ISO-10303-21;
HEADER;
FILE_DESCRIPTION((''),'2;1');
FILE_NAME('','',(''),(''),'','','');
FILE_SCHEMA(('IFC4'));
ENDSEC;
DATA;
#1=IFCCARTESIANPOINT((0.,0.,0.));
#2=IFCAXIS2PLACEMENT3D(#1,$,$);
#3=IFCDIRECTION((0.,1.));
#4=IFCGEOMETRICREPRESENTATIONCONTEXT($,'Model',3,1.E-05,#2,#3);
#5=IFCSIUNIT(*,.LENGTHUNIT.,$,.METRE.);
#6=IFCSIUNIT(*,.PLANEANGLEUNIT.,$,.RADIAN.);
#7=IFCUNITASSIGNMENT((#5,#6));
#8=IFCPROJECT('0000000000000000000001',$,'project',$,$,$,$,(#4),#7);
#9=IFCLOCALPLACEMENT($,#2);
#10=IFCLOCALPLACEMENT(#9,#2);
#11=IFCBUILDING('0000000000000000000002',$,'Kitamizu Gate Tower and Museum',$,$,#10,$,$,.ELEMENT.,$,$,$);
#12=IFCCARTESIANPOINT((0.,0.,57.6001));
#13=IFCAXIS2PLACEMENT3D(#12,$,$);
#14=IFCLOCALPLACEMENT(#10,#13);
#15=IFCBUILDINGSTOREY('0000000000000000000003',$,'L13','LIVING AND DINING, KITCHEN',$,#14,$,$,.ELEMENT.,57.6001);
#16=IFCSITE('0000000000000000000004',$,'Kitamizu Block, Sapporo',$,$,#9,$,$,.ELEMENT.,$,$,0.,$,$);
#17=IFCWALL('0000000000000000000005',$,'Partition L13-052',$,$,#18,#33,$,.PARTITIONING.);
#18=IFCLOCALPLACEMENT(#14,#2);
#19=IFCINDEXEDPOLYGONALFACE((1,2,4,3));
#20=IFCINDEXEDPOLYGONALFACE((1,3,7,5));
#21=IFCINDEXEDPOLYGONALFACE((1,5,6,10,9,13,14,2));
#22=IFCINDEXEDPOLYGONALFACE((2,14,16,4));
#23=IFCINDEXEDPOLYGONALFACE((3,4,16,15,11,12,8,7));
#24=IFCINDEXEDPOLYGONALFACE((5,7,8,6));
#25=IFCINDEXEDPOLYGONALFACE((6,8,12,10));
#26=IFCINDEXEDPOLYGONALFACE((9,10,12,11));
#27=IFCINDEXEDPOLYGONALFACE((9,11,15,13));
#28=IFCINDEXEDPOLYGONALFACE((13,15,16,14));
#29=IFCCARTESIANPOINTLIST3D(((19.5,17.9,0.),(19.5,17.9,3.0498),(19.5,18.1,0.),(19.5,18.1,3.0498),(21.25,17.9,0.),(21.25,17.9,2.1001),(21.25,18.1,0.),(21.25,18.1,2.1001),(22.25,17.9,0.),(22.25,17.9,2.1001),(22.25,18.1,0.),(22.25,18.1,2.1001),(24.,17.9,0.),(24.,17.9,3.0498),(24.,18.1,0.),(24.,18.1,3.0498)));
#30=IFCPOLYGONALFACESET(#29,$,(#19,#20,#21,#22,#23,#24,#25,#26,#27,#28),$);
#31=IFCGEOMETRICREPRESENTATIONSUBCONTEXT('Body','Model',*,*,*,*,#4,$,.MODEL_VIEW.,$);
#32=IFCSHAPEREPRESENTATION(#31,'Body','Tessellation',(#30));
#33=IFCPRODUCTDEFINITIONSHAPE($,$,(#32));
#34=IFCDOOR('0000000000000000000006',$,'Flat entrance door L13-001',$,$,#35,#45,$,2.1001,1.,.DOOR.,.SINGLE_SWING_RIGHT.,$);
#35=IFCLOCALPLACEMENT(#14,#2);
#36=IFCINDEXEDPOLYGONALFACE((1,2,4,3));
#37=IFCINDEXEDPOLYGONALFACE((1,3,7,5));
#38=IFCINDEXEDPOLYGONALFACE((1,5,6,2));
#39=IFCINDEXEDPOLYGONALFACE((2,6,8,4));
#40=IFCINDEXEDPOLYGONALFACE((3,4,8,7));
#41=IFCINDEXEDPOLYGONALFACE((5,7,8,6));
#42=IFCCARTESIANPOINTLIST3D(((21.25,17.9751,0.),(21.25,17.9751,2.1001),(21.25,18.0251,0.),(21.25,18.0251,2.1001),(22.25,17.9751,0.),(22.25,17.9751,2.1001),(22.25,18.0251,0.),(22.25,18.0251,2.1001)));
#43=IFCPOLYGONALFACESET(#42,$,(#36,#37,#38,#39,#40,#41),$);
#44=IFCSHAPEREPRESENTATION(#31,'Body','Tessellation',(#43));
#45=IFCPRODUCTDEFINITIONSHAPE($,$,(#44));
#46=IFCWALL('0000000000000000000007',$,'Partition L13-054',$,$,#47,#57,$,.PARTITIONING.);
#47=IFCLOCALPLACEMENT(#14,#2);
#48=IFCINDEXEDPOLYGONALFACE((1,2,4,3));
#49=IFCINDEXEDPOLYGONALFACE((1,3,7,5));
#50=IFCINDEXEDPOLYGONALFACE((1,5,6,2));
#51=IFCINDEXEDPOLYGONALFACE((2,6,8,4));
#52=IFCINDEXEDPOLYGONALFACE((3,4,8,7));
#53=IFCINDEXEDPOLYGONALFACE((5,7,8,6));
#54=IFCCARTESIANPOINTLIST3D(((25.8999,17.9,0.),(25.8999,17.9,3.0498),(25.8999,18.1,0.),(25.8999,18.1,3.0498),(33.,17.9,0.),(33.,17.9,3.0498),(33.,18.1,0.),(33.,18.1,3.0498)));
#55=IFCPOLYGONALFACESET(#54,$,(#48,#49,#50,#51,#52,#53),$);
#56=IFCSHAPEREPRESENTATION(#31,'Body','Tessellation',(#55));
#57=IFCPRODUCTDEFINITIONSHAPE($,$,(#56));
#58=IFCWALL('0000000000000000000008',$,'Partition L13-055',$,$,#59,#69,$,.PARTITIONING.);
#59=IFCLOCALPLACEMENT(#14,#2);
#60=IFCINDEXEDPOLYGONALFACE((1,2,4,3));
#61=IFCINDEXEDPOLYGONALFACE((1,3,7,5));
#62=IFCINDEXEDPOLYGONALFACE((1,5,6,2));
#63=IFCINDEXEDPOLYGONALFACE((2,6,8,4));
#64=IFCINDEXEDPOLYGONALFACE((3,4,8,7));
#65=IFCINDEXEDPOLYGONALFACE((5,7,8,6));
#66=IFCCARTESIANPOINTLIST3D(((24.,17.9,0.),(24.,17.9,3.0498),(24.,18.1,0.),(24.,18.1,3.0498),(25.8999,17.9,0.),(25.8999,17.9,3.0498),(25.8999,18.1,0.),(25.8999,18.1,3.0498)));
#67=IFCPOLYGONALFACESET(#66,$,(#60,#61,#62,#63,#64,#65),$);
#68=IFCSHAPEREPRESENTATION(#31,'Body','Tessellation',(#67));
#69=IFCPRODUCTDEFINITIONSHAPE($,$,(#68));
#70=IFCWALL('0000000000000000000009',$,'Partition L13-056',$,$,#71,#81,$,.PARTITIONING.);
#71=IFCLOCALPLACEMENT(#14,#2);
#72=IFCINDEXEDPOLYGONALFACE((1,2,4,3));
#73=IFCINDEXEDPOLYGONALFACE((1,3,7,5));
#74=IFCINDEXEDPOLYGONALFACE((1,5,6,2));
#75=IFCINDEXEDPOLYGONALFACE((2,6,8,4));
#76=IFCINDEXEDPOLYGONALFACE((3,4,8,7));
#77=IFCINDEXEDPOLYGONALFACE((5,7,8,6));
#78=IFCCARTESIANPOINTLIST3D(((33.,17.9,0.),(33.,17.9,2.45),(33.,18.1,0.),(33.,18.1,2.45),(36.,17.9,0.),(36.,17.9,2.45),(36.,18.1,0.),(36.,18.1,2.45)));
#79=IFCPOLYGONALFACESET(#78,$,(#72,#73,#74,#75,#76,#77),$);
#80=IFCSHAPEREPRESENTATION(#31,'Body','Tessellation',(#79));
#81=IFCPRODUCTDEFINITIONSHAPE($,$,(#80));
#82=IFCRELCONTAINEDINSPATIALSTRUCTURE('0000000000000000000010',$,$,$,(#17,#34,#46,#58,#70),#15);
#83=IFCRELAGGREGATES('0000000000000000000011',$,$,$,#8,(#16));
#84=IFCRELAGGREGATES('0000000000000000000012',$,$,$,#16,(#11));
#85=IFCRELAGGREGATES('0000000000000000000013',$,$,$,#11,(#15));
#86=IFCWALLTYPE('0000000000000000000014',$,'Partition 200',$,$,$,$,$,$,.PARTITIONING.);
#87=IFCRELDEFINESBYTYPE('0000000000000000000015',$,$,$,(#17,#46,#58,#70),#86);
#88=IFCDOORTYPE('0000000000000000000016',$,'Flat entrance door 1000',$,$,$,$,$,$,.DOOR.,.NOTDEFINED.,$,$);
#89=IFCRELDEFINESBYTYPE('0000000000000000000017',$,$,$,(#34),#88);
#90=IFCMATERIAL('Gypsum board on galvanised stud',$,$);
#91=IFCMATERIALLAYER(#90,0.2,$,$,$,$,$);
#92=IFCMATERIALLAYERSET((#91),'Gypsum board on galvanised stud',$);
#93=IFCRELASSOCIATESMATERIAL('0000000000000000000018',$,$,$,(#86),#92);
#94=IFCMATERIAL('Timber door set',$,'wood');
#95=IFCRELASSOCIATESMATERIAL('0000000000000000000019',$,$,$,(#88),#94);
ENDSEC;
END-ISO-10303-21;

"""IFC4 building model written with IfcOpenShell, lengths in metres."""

from ifc_helpers import new_model, si_unit, direction, frame, frame_2d, origin, place, context, subcontext, project, spatial, rectangle, extrude, material, layer, layer_set, type_object, element, fill, save


model = new_model("IFC4")

# Units and contexts
model_context = context("Model", 3, precision=1e-05, world=origin(), true_north=direction((0.0, 1.0)))
body_context = subcontext(model_context, "Body", "Model", "MODEL_VIEW")
ifc_project = project(units=[si_unit("LENGTHUNIT", "METRE"), si_unit("PLANEANGLEUNIT", "RADIAN")], contexts=[model_context])

# Site, building, storey
site_placement = place(None, origin())
site = spatial("IfcSite", under=ifc_project, at=site_placement, Name="Kitamizu Block, Sapporo", CompositionType="ELEMENT", RefElevation=0.0)
building_placement = place(site_placement, origin())
building = spatial("IfcBuilding", under=site, at=building_placement, Name="Kitamizu Gate Tower and Museum", CompositionType="ELEMENT")
storey_placement = place(building_placement, frame((0.0, 0.0, 57.6001)))
storey = spatial("IfcBuildingStorey", under=building, at=storey_placement, Name="L13", Description="LIVING AND DINING, KITCHEN", CompositionType="ELEMENT", Elevation=57.6001)

# Wall, opening, door
ifc_material_1 = material(Name="Gypsum board on galvanised stud")
ifc_layer_1 = layer(ifc_material_1, 0.2)
ifc_layer_set_1 = layer_set([ifc_layer_1], Name="Gypsum board on galvanised stud")
wall_type_1 = type_object("IfcWallType", Name="Partition 200", PredefinedType="PARTITIONING", material=ifc_layer_set_1)
wall_1_placement = place(storey_placement, frame((24.0, 18.0, 0.0), z_axis=(0.0, 0.0, 1.0), x_axis=(-1.0, 0.0, 0.0)))
wall_1 = element("IfcWall", 1, at=wall_1_placement, inside=storey, type_object=wall_type_1, Name="Partition L13-052", PredefinedType="PARTITIONING", context=body_context, shape_type="SweptSolid", body=[
    extrude(rectangle(XDim=4.5, YDim=0.2, at=frame_2d((2.25, 0.0))), origin(), (0.0, 0.0, 1.0), 3.0498),
])
opening_1_placement = place(wall_1_placement, frame((1.75, 0.0, 0.0)))
opening_1 = element("IfcOpeningElement", 2, at=opening_1_placement, cuts=wall_1, PredefinedType="OPENING", context=body_context, shape_type="SweptSolid", body=[
    extrude(rectangle(XDim=1.0, YDim=2.1001, at=frame_2d((0.5, 1.05))), frame((0.0, 0.1099, 0.0), z_axis=(0.0, -1.0, 0.0), x_axis=(1.0, 0.0, 0.0)), (0.0, 0.0, 1.0), 0.22),
])
ifc_material_2 = material(Name="Timber door set", Category="wood")
door_type_1 = type_object("IfcDoorType", Name="Flat entrance door 1000", OperationType="NOTDEFINED", PredefinedType="DOOR", material=ifc_material_2)
door_1_placement = place(opening_1_placement, origin())
door_1 = element("IfcDoor", 3, at=door_1_placement, inside=storey, type_object=door_type_1, Name="Flat entrance door L13-001", OperationType="SINGLE_SWING_RIGHT", OverallHeight=2.1001, OverallWidth=1.0, PredefinedType="DOOR", context=body_context, shape_type="SweptSolid", body=[
    extrude(rectangle(XDim=1.0, YDim=2.1001, at=frame_2d((0.5, 1.05))), frame((0.0, 0.0249, 0.0), z_axis=(0.0, -1.0, 0.0), x_axis=(1.0, 0.0, 0.0)), (0.0, 0.0, 1.0), 0.05),
])
fill(opening_1, door_1)

# Walls
wall_2_placement = place(storey_placement, frame((33.0, 18.0, 0.0), z_axis=(0.0, 0.0, 1.0), x_axis=(-1.0, 0.0, 0.0)))
element("IfcWall", 4, at=wall_2_placement, inside=storey, type_object=wall_type_1, Name="Partition L13-054", PredefinedType="PARTITIONING", context=body_context, shape_type="SweptSolid", body=[
    extrude(rectangle(XDim=7.1001, YDim=0.2, at=frame_2d((3.55, 0.0))), origin(), (0.0, 0.0, 1.0), 3.0498),
])
wall_3_placement = place(storey_placement, frame((25.8999, 18.0, 0.0), z_axis=(0.0, 0.0, 1.0), x_axis=(-1.0, 0.0, 0.0)))
element("IfcWall", 5, at=wall_3_placement, inside=storey, type_object=wall_type_1, Name="Partition L13-055", PredefinedType="PARTITIONING", context=body_context, shape_type="SweptSolid", body=[
    extrude(rectangle(XDim=1.8999, YDim=0.2, at=frame_2d((0.95, 0.0))), origin(), (0.0, 0.0, 1.0), 3.0498),
])
wall_4_placement = place(storey_placement, frame((36.0, 18.0, 0.0), z_axis=(0.0, 0.0, 1.0), x_axis=(-1.0, 0.0, 0.0)))
element("IfcWall", 6, at=wall_4_placement, inside=storey, type_object=wall_type_1, Name="Partition L13-056", PredefinedType="PARTITIONING", context=body_context, shape_type="SweptSolid", body=[
    extrude(rectangle(XDim=3.0, YDim=0.2, at=frame_2d((1.5, 0.0))), origin(), (0.0, 0.0, 1.0), 2.45),
])

save(model, "model.ifc")
